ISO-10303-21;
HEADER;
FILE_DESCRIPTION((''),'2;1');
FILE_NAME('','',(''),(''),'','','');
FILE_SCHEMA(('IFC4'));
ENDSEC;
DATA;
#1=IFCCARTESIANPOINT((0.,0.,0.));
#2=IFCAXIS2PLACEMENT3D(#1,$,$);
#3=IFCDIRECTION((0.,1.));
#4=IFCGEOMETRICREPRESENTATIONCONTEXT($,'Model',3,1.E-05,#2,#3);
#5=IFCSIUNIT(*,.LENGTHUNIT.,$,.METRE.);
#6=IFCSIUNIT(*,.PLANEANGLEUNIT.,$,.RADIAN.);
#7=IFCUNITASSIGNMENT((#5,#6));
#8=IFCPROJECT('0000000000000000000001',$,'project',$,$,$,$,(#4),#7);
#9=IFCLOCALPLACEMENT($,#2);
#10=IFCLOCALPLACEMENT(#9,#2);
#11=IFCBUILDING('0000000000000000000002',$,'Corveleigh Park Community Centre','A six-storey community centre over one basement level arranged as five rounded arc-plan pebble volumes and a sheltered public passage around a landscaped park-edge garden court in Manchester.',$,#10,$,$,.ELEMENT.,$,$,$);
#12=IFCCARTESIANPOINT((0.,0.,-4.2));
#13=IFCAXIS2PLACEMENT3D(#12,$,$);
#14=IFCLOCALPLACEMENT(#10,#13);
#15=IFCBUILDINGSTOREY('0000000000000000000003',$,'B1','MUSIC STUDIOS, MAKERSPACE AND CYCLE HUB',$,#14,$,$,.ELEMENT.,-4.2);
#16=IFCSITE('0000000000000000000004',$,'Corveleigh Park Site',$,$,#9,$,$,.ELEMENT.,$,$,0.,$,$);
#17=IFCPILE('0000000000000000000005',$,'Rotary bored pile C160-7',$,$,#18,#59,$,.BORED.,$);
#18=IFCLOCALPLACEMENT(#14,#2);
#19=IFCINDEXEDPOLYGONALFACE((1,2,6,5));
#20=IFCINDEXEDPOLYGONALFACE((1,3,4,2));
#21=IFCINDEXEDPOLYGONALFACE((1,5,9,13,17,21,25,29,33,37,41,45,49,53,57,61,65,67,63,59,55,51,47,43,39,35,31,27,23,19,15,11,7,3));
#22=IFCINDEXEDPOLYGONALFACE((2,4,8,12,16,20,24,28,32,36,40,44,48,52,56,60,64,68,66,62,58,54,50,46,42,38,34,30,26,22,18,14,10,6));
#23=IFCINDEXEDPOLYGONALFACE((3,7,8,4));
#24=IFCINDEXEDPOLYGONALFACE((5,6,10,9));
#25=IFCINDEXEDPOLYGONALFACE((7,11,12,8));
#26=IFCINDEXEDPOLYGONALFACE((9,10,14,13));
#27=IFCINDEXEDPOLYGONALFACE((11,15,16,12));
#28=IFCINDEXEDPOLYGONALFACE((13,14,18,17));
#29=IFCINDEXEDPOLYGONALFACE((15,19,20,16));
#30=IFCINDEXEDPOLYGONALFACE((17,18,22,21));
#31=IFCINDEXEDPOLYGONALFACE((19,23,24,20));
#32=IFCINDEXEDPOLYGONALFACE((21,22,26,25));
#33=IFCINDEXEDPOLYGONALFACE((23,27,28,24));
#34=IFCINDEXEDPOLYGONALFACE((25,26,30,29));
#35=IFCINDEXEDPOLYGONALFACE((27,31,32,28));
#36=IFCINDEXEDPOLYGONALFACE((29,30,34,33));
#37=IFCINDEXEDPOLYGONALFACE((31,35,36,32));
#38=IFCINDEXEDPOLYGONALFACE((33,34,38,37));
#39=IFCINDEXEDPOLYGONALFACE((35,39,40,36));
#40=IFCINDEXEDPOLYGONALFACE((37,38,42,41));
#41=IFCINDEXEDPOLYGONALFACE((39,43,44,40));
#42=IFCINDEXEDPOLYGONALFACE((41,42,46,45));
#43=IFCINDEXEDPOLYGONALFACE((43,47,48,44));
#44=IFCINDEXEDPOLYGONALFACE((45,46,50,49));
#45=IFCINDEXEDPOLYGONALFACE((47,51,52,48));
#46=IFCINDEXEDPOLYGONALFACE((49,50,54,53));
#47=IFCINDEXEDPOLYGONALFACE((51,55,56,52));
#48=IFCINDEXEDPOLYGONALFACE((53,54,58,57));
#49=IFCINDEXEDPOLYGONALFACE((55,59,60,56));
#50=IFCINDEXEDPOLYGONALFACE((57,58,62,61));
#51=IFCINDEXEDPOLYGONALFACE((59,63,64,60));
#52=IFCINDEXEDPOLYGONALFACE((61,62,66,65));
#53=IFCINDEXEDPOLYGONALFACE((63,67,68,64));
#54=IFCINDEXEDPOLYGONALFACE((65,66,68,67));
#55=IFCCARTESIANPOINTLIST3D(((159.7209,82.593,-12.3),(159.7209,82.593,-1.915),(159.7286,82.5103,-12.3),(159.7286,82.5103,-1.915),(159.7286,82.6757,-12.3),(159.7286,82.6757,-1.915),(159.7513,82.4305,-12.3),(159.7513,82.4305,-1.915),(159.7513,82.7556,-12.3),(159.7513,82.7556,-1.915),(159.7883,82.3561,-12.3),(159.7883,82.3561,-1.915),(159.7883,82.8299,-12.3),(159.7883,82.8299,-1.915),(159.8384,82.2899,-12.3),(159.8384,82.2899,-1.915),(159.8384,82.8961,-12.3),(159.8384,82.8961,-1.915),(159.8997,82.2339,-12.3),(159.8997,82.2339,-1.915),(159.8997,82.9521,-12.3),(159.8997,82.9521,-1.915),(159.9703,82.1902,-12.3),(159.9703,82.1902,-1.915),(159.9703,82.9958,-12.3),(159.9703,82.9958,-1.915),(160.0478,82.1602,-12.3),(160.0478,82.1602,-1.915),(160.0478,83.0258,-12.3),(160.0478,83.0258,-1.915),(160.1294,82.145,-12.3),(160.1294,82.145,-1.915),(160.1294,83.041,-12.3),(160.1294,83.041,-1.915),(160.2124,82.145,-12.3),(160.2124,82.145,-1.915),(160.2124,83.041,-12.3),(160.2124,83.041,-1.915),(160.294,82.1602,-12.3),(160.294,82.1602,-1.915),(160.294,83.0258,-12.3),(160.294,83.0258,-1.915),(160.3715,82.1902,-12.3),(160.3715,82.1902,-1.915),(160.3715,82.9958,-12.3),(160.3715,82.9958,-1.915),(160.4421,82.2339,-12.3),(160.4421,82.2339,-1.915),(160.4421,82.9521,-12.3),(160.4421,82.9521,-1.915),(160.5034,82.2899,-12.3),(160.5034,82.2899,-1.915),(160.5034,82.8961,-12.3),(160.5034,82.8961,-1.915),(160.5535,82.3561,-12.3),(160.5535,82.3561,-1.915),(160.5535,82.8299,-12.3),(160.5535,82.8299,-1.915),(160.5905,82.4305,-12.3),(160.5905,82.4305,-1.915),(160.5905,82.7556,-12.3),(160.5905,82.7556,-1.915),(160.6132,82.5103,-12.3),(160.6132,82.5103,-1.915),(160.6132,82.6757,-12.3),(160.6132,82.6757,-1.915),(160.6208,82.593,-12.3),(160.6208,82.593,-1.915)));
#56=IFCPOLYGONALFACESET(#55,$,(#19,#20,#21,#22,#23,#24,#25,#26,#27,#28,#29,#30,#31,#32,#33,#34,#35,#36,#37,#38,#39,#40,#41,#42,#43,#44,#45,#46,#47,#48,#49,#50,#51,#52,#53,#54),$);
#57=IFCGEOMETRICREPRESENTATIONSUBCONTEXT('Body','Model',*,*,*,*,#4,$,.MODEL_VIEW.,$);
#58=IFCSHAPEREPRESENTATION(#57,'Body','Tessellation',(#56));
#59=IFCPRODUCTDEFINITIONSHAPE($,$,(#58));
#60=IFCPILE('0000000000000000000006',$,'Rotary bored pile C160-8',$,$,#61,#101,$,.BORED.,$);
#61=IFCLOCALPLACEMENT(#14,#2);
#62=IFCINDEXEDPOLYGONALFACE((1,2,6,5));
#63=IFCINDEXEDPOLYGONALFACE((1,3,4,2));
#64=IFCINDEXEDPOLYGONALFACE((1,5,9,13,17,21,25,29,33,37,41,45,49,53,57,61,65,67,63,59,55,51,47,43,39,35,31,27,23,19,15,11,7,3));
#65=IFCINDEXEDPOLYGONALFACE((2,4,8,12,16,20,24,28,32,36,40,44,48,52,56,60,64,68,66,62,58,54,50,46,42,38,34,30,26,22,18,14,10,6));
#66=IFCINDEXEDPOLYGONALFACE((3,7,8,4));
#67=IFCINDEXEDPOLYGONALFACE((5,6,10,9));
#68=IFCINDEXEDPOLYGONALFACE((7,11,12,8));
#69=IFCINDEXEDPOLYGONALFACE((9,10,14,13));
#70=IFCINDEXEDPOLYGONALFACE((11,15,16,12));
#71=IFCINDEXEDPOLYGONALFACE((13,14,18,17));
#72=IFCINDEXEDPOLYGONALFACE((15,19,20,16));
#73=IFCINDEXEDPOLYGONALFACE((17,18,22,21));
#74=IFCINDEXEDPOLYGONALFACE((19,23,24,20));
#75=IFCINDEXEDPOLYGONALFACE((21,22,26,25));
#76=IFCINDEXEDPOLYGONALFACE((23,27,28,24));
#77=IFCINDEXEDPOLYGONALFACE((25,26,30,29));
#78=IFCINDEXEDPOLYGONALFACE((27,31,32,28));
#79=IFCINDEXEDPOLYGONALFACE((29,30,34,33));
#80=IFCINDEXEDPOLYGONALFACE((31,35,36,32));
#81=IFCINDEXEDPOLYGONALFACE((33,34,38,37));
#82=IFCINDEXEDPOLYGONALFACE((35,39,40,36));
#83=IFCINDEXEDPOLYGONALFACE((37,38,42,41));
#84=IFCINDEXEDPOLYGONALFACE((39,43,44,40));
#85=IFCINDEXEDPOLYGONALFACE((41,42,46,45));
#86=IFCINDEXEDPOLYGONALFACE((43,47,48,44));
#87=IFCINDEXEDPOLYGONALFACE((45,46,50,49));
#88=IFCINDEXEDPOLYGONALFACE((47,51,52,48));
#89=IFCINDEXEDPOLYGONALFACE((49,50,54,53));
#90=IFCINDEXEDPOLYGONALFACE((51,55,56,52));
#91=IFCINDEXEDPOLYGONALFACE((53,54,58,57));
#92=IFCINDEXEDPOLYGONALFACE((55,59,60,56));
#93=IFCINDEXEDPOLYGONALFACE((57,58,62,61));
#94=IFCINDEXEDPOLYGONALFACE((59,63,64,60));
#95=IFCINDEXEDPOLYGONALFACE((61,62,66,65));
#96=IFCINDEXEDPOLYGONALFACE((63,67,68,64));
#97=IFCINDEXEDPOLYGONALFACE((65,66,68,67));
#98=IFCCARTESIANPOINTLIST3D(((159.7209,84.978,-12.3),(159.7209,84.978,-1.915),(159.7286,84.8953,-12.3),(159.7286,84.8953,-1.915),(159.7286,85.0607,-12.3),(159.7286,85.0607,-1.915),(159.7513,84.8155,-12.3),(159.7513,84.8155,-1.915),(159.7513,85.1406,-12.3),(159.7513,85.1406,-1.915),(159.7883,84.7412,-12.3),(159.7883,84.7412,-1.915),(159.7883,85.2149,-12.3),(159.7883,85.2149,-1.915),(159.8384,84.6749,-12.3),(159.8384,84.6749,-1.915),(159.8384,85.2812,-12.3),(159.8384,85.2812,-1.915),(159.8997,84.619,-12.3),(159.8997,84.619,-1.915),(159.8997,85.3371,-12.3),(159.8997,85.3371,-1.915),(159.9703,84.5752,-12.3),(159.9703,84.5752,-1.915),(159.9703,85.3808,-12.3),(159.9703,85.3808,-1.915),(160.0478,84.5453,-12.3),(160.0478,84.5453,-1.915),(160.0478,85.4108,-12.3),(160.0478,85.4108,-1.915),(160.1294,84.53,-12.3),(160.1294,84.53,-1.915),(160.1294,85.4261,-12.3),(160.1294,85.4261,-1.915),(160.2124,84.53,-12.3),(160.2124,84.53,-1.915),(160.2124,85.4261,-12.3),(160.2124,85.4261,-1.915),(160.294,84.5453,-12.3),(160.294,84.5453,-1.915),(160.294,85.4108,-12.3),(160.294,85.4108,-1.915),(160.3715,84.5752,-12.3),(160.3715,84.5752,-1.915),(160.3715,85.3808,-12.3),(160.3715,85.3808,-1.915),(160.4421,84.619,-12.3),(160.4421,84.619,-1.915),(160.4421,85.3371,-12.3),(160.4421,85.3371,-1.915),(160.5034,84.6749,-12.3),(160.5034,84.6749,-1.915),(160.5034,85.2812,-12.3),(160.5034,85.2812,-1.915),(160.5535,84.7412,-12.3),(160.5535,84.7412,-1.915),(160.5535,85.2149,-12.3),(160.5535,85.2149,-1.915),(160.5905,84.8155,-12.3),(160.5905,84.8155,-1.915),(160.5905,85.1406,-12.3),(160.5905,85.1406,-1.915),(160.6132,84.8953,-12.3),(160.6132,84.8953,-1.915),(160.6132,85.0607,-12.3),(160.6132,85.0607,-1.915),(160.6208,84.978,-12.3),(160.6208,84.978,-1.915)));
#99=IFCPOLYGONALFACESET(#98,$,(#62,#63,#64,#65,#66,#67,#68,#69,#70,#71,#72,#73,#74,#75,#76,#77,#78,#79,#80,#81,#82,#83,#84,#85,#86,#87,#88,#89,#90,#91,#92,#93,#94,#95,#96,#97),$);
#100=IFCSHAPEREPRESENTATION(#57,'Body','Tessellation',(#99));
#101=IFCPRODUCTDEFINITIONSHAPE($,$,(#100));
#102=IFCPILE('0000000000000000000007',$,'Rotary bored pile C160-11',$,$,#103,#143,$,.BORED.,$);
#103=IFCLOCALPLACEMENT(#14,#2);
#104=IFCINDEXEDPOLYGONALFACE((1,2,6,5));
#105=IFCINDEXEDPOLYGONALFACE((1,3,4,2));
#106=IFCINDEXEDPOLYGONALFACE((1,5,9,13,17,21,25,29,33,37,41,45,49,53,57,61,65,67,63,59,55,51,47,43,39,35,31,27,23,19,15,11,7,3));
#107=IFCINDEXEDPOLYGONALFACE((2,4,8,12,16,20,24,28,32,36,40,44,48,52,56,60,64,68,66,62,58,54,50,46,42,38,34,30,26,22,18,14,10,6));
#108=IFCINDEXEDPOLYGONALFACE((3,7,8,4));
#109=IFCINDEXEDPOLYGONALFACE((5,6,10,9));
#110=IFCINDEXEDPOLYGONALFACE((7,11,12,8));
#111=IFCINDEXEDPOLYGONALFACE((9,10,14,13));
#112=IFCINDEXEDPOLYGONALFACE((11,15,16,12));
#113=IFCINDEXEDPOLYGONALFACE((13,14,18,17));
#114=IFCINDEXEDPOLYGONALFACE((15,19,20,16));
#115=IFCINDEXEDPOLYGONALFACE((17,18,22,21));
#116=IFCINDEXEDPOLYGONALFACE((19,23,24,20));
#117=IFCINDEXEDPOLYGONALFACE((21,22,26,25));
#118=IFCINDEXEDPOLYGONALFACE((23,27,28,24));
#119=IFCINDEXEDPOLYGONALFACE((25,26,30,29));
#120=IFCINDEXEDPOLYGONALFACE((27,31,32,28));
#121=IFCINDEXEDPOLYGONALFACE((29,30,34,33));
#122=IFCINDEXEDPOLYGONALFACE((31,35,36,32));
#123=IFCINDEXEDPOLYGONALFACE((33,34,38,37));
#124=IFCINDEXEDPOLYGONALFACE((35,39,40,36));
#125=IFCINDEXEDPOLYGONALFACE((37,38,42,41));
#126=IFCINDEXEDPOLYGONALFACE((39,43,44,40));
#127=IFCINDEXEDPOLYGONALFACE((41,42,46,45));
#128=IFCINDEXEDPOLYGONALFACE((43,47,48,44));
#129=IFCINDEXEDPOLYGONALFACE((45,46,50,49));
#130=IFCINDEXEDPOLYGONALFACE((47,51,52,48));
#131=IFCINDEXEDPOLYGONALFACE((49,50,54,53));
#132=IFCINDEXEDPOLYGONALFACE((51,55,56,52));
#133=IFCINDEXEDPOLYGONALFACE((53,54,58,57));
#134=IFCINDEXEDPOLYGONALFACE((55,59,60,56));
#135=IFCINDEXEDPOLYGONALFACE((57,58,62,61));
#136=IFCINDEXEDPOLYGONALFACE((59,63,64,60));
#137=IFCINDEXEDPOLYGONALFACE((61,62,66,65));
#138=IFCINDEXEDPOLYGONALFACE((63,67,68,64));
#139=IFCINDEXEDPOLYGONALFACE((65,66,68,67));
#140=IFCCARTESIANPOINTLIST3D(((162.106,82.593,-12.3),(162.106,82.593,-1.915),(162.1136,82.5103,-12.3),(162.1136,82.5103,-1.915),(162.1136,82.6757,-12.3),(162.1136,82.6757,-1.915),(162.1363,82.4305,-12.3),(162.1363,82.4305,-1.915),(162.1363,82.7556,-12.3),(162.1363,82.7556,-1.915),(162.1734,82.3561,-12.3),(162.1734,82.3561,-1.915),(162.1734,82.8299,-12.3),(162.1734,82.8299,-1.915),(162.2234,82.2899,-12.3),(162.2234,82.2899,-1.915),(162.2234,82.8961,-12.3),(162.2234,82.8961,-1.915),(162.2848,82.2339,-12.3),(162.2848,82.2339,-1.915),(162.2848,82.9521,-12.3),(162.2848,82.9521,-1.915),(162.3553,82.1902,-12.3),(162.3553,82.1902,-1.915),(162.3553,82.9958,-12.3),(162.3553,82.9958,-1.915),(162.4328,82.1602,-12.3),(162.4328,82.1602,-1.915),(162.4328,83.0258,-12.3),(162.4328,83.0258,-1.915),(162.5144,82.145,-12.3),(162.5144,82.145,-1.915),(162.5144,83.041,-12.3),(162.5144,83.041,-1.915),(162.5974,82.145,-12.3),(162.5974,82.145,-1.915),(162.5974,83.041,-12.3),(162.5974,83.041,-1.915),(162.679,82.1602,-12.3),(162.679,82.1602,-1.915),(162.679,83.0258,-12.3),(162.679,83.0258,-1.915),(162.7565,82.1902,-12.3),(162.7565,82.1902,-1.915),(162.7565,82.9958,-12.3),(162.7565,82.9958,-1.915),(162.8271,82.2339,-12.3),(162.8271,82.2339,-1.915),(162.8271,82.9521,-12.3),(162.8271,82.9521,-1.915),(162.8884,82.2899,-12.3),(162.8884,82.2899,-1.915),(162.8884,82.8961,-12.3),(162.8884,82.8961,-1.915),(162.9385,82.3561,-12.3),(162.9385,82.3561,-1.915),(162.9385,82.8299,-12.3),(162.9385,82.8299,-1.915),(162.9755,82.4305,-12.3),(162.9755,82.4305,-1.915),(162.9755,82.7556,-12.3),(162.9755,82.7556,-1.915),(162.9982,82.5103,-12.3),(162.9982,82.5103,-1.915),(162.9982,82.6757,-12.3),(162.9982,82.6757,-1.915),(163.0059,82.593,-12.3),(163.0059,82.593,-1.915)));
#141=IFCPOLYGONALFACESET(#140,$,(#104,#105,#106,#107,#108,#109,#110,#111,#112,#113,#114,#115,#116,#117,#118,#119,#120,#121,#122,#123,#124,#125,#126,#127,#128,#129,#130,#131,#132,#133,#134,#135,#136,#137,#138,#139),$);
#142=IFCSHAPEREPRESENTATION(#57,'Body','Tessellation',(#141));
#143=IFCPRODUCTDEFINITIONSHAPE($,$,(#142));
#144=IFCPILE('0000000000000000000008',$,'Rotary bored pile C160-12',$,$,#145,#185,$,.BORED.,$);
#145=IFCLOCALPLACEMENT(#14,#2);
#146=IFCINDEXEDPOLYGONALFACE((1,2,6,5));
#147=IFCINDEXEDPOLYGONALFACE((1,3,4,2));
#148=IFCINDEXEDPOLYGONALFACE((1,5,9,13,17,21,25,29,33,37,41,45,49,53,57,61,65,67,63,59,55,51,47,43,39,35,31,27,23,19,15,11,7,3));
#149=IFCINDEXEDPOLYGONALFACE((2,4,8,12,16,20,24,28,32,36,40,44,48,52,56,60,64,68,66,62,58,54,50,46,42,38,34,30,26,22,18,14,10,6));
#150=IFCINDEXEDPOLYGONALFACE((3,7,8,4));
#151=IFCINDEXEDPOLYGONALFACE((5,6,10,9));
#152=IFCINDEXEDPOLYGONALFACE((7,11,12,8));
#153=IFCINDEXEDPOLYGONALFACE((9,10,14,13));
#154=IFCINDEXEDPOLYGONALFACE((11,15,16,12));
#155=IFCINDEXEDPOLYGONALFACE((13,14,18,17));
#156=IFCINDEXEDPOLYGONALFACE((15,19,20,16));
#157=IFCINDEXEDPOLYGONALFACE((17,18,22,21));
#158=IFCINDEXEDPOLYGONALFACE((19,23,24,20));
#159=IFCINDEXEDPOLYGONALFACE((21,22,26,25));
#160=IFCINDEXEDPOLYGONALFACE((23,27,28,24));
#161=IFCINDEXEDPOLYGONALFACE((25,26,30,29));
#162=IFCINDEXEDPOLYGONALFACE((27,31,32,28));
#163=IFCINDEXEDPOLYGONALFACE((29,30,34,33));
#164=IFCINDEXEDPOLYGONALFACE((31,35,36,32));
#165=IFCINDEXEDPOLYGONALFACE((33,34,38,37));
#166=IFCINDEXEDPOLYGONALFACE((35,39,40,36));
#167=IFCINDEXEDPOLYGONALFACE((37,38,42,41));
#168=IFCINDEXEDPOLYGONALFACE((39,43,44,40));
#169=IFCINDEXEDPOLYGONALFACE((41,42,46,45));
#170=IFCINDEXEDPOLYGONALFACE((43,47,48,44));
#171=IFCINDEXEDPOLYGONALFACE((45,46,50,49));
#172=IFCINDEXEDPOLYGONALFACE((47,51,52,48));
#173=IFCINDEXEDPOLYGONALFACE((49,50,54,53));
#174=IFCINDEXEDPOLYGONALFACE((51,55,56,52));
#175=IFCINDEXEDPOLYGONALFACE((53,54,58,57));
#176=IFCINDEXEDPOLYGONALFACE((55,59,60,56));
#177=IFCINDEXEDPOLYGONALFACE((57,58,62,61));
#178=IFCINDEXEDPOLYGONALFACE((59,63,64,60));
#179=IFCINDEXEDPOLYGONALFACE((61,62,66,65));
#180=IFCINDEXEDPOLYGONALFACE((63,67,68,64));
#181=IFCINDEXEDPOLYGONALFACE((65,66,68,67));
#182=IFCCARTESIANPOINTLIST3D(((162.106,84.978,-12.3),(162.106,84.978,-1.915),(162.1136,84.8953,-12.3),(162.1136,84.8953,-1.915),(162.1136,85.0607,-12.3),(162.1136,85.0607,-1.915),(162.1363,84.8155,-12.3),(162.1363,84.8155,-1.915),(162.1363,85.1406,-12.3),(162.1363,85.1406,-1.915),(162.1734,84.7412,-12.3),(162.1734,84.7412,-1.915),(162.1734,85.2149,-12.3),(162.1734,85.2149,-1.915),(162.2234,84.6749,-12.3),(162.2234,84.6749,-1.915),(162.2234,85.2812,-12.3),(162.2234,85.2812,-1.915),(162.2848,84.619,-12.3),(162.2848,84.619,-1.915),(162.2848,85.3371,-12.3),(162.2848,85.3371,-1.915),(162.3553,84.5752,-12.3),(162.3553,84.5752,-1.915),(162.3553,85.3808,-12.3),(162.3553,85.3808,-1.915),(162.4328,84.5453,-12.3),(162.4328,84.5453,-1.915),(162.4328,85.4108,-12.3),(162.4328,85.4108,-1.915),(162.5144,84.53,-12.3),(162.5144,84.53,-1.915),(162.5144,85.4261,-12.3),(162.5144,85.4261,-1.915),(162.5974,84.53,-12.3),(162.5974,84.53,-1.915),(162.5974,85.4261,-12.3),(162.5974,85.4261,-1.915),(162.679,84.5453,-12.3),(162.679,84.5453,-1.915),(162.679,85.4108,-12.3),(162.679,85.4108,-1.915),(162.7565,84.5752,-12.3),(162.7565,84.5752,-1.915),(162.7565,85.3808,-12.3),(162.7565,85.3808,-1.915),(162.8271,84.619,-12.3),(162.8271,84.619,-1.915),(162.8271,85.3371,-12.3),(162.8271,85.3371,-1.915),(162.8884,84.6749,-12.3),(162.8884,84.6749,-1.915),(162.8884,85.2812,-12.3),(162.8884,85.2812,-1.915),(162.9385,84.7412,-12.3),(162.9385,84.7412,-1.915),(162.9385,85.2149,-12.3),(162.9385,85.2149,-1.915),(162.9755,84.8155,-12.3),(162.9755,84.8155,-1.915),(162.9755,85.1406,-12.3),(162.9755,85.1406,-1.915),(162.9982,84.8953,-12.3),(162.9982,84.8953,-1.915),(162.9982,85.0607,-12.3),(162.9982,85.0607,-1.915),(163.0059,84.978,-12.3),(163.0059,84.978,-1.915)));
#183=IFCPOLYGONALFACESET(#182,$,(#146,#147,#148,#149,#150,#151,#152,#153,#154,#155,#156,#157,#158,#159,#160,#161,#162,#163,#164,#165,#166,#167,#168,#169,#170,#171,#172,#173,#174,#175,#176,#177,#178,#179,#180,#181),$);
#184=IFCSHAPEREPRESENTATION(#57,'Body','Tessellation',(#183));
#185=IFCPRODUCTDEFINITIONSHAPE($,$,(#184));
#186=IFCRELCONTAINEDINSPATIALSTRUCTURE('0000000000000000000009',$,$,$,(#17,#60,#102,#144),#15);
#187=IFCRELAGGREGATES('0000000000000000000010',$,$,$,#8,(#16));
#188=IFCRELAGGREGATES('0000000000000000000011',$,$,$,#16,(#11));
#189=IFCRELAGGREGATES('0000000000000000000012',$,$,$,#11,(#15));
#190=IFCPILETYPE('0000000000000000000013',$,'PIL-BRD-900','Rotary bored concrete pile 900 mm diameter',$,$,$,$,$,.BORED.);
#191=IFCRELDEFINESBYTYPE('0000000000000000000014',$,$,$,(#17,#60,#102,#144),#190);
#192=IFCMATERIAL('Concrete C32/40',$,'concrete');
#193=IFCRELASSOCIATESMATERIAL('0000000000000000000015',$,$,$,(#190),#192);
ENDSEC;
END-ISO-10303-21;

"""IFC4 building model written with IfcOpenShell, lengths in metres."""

from ifc_helpers import new_model, si_unit, direction, frame, origin, origin_2d, place, context, subcontext, project, spatial, circle, extrude, material, material_profile, profile_set, type_object, element, save


model = new_model("IFC4")

# Units and contexts
model_context = context("Model", 3, precision=1e-05, world=origin(), true_north=direction((0.0, 1.0)))
body_context = subcontext(model_context, "Body", "Model", "MODEL_VIEW")
ifc_project = project(units=[si_unit("LENGTHUNIT", "METRE"), si_unit("PLANEANGLEUNIT", "RADIAN")], contexts=[model_context])

# Site, building, storey
site_placement = place(None, origin())
site = spatial("IfcSite", under=ifc_project, at=site_placement, Name="Corveleigh Park Site", CompositionType="ELEMENT", RefElevation=0.0)
building_placement = place(site_placement, origin())
building = spatial("IfcBuilding", under=site, at=building_placement, Name="Corveleigh Park Community Centre", Description="A six-storey community centre over one basement level arranged as five rounded arc-plan pebble volumes and a sheltered public passage around a landscaped park-edge garden court in Manchester.", CompositionType="ELEMENT")
storey_placement = place(building_placement, frame((0.0, 0.0, -4.2)))
storey = spatial("IfcBuildingStorey", under=building, at=storey_placement, Name="B1", Description="MUSIC STUDIOS, MAKERSPACE AND CYCLE HUB", CompositionType="ELEMENT", Elevation=-4.2)

# Piles
ifc_material_1 = material(Name="Concrete C32/40", Category="concrete")
ifc_material_profile_1 = material_profile(ifc_material_1, circle(Radius=0.45, at=origin_2d()), Name="BORED-PILE-900", Category="concrete")
ifc_profile_set_1 = profile_set([ifc_material_profile_1], Name="Concrete C32/40")
pile_type = type_object("IfcPileType", Name="PIL-BRD-900", Description="Rotary bored concrete pile 900 mm diameter", PredefinedType="BORED", material=ifc_profile_set_1)
for number, where, z_axis, x_axis, name in (
    (1, (160.1709, 82.593, -1.915), (0.0, 0.0, -1.0), (1.0, 0.0, 0.0), "Rotary bored pile C160-7"),
    (2, (160.1709, 84.978, -1.915), (0.0, 0.0, -1.0), (1.0, 0.0, 0.0), "Rotary bored pile C160-8"),
    (3, (162.5559, 82.593, -1.915), (0.0, 0.0, -1.0), (1.0, 0.0, 0.0), "Rotary bored pile C160-11"),
    (4, (162.5559, 84.978, -1.915), (0.0, 0.0, -1.0), (1.0, 0.0, 0.0), "Rotary bored pile C160-12"),
):
    element("IfcPile", number, at=place(storey_placement, frame(where, z_axis=z_axis, x_axis=x_axis)), inside=storey, type_object=pile_type, Name=name, PredefinedType="BORED", context=body_context, shape_type="SweptSolid", body=[
        extrude(circle(Radius=0.45, at=origin_2d()), origin(), (0.0, 0.0, 1.0), 10.385),
    ])

save(model, "model.ifc")
